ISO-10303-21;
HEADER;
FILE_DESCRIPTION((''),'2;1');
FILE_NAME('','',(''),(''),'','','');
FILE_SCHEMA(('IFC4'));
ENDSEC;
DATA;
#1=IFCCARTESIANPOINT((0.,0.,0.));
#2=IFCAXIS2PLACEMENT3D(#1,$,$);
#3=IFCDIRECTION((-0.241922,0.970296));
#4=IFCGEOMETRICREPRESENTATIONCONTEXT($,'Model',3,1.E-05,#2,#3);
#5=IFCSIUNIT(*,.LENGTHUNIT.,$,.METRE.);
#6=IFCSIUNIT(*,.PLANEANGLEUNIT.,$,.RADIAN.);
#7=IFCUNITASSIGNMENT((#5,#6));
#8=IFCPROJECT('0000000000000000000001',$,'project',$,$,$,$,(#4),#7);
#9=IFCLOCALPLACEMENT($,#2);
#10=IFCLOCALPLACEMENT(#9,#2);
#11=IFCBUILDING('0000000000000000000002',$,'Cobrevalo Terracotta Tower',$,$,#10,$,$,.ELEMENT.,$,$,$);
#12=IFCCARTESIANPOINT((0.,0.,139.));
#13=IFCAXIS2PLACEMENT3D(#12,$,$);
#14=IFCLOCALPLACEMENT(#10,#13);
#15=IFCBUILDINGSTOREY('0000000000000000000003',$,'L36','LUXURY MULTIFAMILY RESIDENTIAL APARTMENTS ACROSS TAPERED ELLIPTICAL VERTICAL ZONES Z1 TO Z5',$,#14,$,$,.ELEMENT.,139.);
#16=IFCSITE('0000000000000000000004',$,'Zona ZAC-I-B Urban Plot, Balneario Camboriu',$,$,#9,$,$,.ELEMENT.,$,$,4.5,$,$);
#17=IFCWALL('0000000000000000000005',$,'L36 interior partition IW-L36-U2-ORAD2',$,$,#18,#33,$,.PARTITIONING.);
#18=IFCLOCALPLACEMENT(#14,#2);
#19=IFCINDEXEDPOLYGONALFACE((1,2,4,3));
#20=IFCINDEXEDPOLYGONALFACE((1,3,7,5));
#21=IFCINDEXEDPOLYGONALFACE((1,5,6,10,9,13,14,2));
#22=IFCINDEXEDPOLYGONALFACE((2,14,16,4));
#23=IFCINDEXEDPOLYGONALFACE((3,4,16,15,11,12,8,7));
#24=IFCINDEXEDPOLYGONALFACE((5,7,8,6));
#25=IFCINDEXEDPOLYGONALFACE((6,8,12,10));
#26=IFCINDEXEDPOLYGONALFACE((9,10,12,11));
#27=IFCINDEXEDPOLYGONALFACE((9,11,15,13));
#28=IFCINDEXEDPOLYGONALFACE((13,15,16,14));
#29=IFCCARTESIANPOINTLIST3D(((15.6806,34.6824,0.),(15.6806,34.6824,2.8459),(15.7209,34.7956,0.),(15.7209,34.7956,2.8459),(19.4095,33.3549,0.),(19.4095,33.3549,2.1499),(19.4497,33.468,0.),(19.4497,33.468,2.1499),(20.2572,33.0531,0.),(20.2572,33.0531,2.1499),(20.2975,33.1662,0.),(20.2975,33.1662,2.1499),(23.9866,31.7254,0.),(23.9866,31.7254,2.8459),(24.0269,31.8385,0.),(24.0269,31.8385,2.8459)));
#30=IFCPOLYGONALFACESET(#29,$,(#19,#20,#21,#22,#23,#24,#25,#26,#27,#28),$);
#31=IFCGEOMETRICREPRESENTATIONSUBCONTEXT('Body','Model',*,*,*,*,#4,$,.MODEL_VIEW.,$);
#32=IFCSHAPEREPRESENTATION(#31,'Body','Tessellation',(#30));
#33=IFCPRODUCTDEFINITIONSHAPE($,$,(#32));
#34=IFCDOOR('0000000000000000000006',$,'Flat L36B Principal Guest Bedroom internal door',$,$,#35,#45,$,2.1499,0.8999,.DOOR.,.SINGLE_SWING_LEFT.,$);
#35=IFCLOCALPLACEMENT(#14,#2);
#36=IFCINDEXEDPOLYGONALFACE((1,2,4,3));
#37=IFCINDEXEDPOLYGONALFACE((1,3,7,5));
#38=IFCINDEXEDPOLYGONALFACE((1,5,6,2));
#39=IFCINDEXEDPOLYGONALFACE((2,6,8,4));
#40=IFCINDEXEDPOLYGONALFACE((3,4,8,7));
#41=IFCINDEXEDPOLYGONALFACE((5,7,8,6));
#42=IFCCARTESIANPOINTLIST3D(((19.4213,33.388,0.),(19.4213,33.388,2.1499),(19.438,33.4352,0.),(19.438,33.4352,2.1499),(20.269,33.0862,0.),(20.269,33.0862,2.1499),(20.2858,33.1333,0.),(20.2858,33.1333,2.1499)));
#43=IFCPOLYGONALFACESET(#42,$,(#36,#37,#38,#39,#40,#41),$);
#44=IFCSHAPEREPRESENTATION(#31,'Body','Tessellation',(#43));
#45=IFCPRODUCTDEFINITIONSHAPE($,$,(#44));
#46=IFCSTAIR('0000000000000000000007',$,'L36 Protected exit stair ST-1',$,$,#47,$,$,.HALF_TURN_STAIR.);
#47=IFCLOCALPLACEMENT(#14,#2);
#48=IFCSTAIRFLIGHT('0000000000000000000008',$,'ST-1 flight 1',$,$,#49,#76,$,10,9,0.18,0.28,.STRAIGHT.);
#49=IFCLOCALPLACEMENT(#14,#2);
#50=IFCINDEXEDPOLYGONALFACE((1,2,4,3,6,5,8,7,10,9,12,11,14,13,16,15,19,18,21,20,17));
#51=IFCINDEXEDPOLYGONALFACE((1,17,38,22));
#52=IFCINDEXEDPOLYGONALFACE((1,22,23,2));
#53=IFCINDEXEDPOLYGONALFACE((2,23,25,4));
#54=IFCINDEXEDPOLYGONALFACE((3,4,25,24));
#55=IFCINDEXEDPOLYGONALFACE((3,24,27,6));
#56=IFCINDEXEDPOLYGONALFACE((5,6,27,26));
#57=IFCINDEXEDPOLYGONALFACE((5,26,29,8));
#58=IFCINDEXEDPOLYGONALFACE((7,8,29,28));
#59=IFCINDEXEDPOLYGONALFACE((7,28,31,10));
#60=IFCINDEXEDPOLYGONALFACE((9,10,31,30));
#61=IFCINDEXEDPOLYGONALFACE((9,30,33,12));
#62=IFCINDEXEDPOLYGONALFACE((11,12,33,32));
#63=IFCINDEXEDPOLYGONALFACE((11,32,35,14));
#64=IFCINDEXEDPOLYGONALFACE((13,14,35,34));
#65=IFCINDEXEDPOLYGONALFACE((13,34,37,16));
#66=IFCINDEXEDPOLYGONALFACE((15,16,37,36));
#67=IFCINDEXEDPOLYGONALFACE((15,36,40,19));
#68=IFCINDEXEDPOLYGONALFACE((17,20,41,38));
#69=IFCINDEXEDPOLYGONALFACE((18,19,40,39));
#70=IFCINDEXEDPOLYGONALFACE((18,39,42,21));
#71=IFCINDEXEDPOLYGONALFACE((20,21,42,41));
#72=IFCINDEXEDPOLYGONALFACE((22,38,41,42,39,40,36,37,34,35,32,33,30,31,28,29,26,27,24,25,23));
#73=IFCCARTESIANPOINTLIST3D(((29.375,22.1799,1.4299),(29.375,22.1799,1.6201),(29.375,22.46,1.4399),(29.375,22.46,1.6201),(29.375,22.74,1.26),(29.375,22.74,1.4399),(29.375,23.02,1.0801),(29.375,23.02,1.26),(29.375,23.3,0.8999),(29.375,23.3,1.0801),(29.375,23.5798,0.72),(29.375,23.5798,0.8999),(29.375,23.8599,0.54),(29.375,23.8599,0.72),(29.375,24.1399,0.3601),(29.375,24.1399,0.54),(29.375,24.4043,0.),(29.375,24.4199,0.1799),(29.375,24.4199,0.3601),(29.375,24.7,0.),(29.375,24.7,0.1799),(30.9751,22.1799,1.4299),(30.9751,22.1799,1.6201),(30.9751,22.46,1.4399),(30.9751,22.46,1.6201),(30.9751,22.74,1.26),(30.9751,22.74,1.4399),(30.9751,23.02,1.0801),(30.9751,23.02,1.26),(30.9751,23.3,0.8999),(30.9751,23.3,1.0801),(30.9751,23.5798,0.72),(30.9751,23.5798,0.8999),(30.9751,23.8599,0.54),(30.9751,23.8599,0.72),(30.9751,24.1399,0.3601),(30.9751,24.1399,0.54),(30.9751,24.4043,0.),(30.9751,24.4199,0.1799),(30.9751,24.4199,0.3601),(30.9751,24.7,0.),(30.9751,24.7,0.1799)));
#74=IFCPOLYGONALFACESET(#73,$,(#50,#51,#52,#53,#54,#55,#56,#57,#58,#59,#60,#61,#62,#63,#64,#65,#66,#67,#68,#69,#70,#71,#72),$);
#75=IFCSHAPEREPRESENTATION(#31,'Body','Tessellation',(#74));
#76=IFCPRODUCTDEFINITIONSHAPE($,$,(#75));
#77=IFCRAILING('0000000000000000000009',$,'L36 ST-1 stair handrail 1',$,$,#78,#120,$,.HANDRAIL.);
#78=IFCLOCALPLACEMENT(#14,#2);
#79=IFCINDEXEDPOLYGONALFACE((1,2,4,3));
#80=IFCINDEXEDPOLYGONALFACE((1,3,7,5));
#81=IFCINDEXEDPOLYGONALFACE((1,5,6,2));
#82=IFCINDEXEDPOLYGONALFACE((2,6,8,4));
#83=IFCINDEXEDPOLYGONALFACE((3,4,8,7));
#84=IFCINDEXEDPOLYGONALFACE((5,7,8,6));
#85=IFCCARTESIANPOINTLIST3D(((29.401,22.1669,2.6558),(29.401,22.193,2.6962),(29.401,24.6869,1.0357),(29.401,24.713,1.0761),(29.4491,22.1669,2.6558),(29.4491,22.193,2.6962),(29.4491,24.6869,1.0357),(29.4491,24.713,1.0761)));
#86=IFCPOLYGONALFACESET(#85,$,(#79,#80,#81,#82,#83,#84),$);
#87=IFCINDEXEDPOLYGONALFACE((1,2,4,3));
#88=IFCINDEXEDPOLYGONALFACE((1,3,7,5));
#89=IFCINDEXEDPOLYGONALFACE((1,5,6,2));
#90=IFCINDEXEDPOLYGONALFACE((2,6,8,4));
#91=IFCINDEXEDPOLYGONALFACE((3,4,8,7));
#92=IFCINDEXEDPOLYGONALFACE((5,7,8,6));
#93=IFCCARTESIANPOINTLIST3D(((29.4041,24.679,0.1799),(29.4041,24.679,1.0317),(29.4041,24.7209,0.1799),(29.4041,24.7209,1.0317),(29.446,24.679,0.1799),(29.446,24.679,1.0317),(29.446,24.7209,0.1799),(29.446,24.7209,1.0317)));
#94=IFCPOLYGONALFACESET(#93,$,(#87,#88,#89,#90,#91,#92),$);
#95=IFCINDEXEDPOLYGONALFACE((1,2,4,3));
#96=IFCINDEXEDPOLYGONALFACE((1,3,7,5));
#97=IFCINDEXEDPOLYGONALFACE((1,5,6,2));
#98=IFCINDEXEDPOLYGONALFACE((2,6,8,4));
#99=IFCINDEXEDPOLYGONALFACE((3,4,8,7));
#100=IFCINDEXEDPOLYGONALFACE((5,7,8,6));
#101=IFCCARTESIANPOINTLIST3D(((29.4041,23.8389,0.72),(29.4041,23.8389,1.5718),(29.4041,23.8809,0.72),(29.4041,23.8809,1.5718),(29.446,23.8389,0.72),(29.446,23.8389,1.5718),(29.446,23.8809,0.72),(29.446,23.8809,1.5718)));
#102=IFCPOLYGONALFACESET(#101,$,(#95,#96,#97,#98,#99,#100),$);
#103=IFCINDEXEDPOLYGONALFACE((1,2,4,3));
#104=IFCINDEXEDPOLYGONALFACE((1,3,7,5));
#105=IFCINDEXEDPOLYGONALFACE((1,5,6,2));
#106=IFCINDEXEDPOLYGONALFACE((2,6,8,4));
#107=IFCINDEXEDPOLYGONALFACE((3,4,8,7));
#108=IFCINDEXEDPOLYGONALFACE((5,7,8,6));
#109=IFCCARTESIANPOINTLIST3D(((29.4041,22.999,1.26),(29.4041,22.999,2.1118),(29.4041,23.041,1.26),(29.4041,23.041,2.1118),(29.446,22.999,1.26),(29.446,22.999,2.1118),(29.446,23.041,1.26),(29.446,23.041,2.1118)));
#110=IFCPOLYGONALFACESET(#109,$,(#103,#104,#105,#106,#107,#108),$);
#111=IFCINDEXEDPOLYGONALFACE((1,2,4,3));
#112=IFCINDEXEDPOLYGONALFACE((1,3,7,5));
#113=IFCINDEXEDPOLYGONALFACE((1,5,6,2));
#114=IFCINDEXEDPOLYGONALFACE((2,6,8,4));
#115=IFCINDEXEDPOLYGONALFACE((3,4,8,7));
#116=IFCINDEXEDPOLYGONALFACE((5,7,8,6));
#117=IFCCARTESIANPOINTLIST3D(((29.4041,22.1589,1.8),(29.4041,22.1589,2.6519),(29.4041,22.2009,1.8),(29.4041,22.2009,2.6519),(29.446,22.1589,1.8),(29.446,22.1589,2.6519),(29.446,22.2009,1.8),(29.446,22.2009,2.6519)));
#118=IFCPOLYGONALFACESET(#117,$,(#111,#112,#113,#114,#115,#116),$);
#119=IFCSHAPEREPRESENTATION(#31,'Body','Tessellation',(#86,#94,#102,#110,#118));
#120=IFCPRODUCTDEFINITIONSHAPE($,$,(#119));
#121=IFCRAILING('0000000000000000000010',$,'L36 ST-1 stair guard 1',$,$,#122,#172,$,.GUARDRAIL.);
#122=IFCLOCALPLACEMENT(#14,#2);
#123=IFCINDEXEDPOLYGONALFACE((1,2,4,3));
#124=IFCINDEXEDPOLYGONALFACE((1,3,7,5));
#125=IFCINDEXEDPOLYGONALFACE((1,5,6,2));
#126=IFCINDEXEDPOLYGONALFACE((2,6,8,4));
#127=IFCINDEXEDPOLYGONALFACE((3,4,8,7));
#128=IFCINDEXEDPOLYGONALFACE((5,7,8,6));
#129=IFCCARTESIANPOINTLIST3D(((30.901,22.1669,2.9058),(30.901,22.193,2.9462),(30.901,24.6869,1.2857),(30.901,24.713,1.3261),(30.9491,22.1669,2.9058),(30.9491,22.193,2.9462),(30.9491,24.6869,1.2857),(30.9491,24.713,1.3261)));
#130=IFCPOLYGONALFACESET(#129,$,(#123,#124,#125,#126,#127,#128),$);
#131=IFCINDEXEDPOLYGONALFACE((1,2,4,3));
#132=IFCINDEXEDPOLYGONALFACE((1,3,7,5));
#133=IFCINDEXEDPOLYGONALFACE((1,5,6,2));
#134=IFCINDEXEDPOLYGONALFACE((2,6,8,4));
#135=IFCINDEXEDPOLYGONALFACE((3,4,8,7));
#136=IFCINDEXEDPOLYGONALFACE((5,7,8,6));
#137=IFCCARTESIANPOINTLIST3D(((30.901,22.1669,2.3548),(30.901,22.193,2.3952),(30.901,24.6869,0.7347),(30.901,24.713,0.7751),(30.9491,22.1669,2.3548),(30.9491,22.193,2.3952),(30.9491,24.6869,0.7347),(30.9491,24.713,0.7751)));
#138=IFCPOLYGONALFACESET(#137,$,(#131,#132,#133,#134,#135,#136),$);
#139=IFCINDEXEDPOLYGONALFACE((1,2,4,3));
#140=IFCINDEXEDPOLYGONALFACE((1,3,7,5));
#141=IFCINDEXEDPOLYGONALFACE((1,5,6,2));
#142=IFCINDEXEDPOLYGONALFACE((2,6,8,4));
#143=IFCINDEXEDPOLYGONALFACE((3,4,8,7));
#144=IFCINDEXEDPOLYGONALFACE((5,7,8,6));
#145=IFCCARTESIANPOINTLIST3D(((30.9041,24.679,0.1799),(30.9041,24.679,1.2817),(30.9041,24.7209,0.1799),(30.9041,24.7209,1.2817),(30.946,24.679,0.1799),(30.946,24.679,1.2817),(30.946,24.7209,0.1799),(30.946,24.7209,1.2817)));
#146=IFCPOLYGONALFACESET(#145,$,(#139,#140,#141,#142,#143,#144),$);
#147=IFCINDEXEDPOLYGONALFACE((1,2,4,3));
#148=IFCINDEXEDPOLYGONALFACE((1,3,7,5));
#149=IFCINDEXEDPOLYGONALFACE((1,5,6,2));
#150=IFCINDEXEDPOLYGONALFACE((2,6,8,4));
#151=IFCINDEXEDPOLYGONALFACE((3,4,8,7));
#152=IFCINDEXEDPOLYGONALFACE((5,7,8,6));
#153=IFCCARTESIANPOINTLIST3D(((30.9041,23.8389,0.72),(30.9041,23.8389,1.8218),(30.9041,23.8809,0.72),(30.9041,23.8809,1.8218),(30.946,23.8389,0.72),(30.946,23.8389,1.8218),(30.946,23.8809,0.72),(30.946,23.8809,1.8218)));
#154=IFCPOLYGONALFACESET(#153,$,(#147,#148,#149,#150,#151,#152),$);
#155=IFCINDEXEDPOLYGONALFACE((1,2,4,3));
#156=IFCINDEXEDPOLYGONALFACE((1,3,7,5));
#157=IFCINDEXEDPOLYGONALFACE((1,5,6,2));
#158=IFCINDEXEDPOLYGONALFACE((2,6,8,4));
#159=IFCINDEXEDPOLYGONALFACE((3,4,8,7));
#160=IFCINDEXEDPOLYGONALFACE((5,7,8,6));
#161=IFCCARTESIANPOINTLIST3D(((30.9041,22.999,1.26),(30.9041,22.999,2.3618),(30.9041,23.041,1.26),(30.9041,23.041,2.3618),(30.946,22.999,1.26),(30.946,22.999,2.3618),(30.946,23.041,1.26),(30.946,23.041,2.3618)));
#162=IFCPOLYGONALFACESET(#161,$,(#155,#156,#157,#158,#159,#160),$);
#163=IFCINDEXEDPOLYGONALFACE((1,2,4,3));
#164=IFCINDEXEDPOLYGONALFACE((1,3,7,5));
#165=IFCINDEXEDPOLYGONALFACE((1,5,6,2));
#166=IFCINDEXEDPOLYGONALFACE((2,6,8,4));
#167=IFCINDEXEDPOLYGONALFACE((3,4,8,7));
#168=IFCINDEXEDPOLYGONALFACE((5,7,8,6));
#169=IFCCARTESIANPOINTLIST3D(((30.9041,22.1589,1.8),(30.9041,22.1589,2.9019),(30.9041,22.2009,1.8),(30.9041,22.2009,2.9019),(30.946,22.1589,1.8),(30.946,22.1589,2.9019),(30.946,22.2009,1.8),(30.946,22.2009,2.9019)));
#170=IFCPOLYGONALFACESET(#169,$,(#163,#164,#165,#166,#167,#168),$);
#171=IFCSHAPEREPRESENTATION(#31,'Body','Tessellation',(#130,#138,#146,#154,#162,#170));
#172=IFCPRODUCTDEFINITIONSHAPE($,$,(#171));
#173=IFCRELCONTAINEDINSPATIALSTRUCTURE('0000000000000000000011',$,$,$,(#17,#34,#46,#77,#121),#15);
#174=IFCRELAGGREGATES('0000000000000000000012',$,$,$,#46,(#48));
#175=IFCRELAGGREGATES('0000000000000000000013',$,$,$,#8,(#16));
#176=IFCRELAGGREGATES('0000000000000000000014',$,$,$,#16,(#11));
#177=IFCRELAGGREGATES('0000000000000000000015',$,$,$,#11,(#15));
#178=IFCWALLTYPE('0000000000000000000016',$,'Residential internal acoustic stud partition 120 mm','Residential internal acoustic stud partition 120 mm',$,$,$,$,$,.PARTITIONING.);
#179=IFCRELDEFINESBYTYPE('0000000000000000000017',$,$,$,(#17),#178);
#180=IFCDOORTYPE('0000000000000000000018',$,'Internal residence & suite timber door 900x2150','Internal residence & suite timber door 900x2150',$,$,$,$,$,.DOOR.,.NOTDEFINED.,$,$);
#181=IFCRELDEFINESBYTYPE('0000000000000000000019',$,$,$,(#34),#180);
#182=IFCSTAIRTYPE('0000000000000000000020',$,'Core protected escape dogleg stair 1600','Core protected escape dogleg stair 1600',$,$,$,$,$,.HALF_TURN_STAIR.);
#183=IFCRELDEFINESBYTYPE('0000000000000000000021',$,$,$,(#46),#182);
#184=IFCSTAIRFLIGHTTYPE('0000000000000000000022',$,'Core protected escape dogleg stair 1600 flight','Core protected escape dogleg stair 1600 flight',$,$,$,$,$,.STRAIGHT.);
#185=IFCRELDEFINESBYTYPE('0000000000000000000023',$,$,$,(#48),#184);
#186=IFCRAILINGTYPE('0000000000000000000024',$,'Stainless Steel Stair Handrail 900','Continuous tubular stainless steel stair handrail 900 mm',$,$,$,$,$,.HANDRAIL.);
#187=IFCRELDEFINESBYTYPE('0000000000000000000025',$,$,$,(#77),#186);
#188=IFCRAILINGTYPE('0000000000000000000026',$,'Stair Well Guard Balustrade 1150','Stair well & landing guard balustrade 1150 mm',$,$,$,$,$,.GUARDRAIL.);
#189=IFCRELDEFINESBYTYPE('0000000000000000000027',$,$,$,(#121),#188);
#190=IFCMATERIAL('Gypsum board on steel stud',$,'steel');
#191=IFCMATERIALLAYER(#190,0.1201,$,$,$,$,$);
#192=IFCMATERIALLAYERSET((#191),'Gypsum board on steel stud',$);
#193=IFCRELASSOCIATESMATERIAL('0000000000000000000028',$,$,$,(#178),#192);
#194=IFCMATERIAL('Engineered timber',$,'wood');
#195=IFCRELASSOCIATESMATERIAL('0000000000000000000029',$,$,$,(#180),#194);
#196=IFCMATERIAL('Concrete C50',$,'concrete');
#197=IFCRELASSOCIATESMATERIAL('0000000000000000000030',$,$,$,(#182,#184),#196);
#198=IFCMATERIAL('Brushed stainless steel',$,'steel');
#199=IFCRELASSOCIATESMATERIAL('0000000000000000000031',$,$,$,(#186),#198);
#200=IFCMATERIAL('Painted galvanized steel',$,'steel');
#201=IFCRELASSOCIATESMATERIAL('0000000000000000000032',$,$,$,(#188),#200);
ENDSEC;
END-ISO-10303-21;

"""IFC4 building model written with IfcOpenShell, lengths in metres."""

from ifc_helpers import new_model, si_unit, direction, frame, frame_2d, origin, origin_2d, place, context, subcontext, project, spatial, polyline, rectangle, outline, extrude, source, transform, mapped, material, layer, layer_set, type_object, element, fill, aggregate, save


model = new_model("IFC4")

# Units and contexts
model_context = context("Model", 3, precision=1e-05, world=origin(), true_north=direction((-0.241922, 0.970296)))
body_context = subcontext(model_context, "Body", "Model", "MODEL_VIEW")
ifc_project = project(units=[si_unit("LENGTHUNIT", "METRE"), si_unit("PLANEANGLEUNIT", "RADIAN")], contexts=[model_context])

# Site, building, storey
site_placement = place(None, origin())
site = spatial("IfcSite", under=ifc_project, at=site_placement, Name="Zona ZAC-I-B Urban Plot, Balneario Camboriu", CompositionType="ELEMENT", RefElevation=4.5)
building_placement = place(site_placement, origin())
building = spatial("IfcBuilding", under=site, at=building_placement, Name="Cobrevalo Terracotta Tower", CompositionType="ELEMENT")
storey_placement = place(building_placement, frame((0.0, 0.0, 139.0)))
storey = spatial("IfcBuildingStorey", under=building, at=storey_placement, Name="L36", Description="LUXURY MULTIFAMILY RESIDENTIAL APARTMENTS ACROSS TAPERED ELLIPTICAL VERTICAL ZONES Z1 TO Z5", CompositionType="ELEMENT", Elevation=139.0)

# Shared definitions
ifc_material_1 = material(Name="Gypsum board on steel stud", Category="steel")

# Shared definitions
ifc_material_2 = material(Name="Brushed stainless steel", Category="steel")

# Shared definitions
ifc_layer_1 = layer(ifc_material_1, 0.1201)
ifc_layer_set_1 = layer_set([ifc_layer_1], Name="Gypsum board on steel stud")
wall_type_1 = type_object("IfcWallType", Name="Residential internal acoustic stud partition 120 mm", Description="Residential internal acoustic stud partition 120 mm", PredefinedType="PARTITIONING", material=ifc_layer_set_1)

# Wall, opening, door
wall_1_placement = place(storey_placement, frame((24.0066, 31.782, 0.0), z_axis=(0.0, 0.0, 1.0), x_axis=(-0.942078, 0.335394, 0.0)))
wall_1 = element("IfcWall", 1, at=wall_1_placement, inside=storey, type_object=wall_type_1, Name="L36 interior partition IW-L36-U2-ORAD2", PredefinedType="PARTITIONING", context=body_context, shape_type="SweptSolid", body=[
    extrude(rectangle(XDim=8.8167, YDim=0.1201, at=frame_2d((4.4082, 0.0))), origin(), (0.0, 0.0, 1.0), 2.8459),
])
opening_1_placement = place(wall_1_placement, frame((3.9585, 0.0, 0.0)))
opening_1 = element("IfcOpeningElement", 2, at=opening_1_placement, cuts=wall_1, PredefinedType="OPENING", context=body_context, shape_type="SweptSolid", body=[
    extrude(rectangle(XDim=0.8999, YDim=2.1499, at=frame_2d((0.45, 1.075))), frame((0.0, 0.0701, 0.0), z_axis=(0.0, -1.0, 0.0), x_axis=(1.0, 0.0, 0.0)), (0.0, 0.0, 1.0), 0.1401),
])
ifc_material_3 = material(Name="Engineered timber", Category="wood")
door_type_1 = type_object("IfcDoorType", Name="Internal residence & suite timber door 900x2150", Description="Internal residence & suite timber door 900x2150", OperationType="NOTDEFINED", PredefinedType="DOOR", material=ifc_material_3)
shared_shape_1 = source(origin(), body_context, "Body", "SweptSolid", [
    extrude(rectangle(XDim=0.8999, YDim=2.1499, at=frame_2d((0.45, 1.075))), frame((0.0, 0.0249, 0.0), z_axis=(0.0, -1.0, 0.0), x_axis=(1.0, 0.0, 0.0)), (0.0, 0.0, 1.0), 0.05),
])
door_1_placement = place(opening_1_placement, origin())
door_1 = element("IfcDoor", 3, at=door_1_placement, inside=storey, type_object=door_type_1, Name="Flat L36B Principal Guest Bedroom internal door", OperationType="SINGLE_SWING_LEFT", OverallHeight=2.1499, OverallWidth=0.8999, PredefinedType="DOOR", context=body_context, shape_type="MappedRepresentation", body=[
    mapped(shared_shape_1, transform((0.0, 0.0, 0.0), scale=1.0)),
])
fill(opening_1, door_1)
ifc_material_4 = material(Name="Concrete C50", Category="concrete")

# Stair, stair flight
stair_type = type_object("IfcStairType", Name="Core protected escape dogleg stair 1600", Description="Core protected escape dogleg stair 1600", PredefinedType="HALF_TURN_STAIR", material=ifc_material_4)
stair_placement = place(storey_placement, origin())
stair = element("IfcStair", 4, at=stair_placement, inside=storey, type_object=stair_type, Name="L36 Protected exit stair ST-1", PredefinedType="HALF_TURN_STAIR")
stair_flight_type = type_object("IfcStairFlightType", Name="Core protected escape dogleg stair 1600 flight", Description="Core protected escape dogleg stair 1600 flight", PredefinedType="STRAIGHT", material=ifc_material_4)
stair_flight_placement = place(storey_placement, frame((30.175, 24.7, 0.0), z_axis=(0.0, 0.0, 1.0), x_axis=(0.0, -1.0, 0.0)))
stair_flight = element("IfcStairFlight", 5, at=stair_flight_placement, type_object=stair_flight_type, Name="ST-1 flight 1", NumberOfRisers=10, NumberOfTreads=9, PredefinedType="STRAIGHT", RiserHeight=0.18, TreadLength=0.28, context=body_context, shape_type="SweptSolid", body=[
    extrude(outline(polyline([(0.0, 0.0), (0.0, 0.1799), (0.28, 0.1799), (0.28, 0.3601), (0.5601, 0.3601), (0.5601, 0.54), (0.8401, 0.54), (0.8401, 0.72), (1.1201, 0.72), (1.1201, 0.8999), (1.3999, 0.8999), (1.3999, 1.0801), (1.6799, 1.0801), (1.6799, 1.26), (1.96, 1.26), (1.96, 1.4399), (2.24, 1.4399), (2.24, 1.6201), (2.52, 1.6201), (2.52, 1.8), (2.52, 1.4299), (0.2957, 0.0), (0.0, 0.0)])), frame((0.0, 0.8, 0.0), z_axis=(0.0, -1.0, 0.0), x_axis=(1.0, 0.0, 0.0)), (0.0, 0.0, 1.0), 1.6001),
])
aggregate(stair, [stair_flight])

# Railings
railing_type_1 = type_object("IfcRailingType", Name="Stainless Steel Stair Handrail 900", Description="Continuous tubular stainless steel stair handrail 900 mm", PredefinedType="HANDRAIL", material=ifc_material_2)
railing_1_placement = place(storey_placement, frame((29.425, 24.7, 0.1799)))
element("IfcRailing", 6, at=railing_1_placement, inside=storey, type_object=railing_type_1, Name="L36 ST-1 stair handrail 1", PredefinedType="HANDRAIL", context=body_context, shape_type="SweptSolid", body=[
    extrude(rectangle(XDim=0.0481, YDim=0.0481, at=origin_2d()), frame((0.0, 0.0, 0.876), z_axis=(0.0, -0.841163, 0.540782), x_axis=(1.0, 0.0, 0.0)), (0.0, 0.0, 1.0), 2.9958),
    extrude(rectangle(XDim=0.042, YDim=0.042, at=origin_2d()), origin(), (0.0, 0.0, 1.0), 0.8518),
    extrude(rectangle(XDim=0.042, YDim=0.042, at=origin_2d()), frame((0.0, -0.8401, 0.54)), (0.0, 0.0, 1.0), 0.8518),
    extrude(rectangle(XDim=0.042, YDim=0.042, at=origin_2d()), frame((0.0, -1.6799, 1.0801)), (0.0, 0.0, 1.0), 0.8518),
    extrude(rectangle(XDim=0.042, YDim=0.042, at=origin_2d()), frame((0.0, -2.52, 1.6201)), (0.0, 0.0, 1.0), 0.8518),
])
ifc_material_5 = material(Name="Painted galvanized steel", Category="steel")
railing_type_2 = type_object("IfcRailingType", Name="Stair Well Guard Balustrade 1150", Description="Stair well & landing guard balustrade 1150 mm", PredefinedType="GUARDRAIL", material=ifc_material_5)
railing_2_placement = place(storey_placement, frame((30.925, 24.7, 0.1799)))
element("IfcRailing", 7, at=railing_2_placement, inside=storey, type_object=railing_type_2, Name="L36 ST-1 stair guard 1", PredefinedType="GUARDRAIL", context=body_context, shape_type="SweptSolid", body=[
    extrude(rectangle(XDim=0.0481, YDim=0.0481, at=origin_2d()), frame((0.0, 0.0, 1.126), z_axis=(0.0, -0.841163, 0.540782), x_axis=(1.0, 0.0, 0.0)), (0.0, 0.0, 1.0), 2.9958),
    extrude(rectangle(XDim=0.0481, YDim=0.0481, at=origin_2d()), frame((0.0, 0.0, 0.575), z_axis=(0.0, -0.841163, 0.540782), x_axis=(1.0, 0.0, 0.0)), (0.0, 0.0, 1.0), 2.9958),
    extrude(rectangle(XDim=0.042, YDim=0.042, at=origin_2d()), origin(), (0.0, 0.0, 1.0), 1.1018),
    extrude(rectangle(XDim=0.042, YDim=0.042, at=origin_2d()), frame((0.0, -0.8401, 0.54)), (0.0, 0.0, 1.0), 1.1018),
    extrude(rectangle(XDim=0.042, YDim=0.042, at=origin_2d()), frame((0.0, -1.6799, 1.0801)), (0.0, 0.0, 1.0), 1.1018),
    extrude(rectangle(XDim=0.042, YDim=0.042, at=origin_2d()), frame((0.0, -2.52, 1.6201)), (0.0, 0.0, 1.0), 1.1018),
])

save(model, "model.ifc")
